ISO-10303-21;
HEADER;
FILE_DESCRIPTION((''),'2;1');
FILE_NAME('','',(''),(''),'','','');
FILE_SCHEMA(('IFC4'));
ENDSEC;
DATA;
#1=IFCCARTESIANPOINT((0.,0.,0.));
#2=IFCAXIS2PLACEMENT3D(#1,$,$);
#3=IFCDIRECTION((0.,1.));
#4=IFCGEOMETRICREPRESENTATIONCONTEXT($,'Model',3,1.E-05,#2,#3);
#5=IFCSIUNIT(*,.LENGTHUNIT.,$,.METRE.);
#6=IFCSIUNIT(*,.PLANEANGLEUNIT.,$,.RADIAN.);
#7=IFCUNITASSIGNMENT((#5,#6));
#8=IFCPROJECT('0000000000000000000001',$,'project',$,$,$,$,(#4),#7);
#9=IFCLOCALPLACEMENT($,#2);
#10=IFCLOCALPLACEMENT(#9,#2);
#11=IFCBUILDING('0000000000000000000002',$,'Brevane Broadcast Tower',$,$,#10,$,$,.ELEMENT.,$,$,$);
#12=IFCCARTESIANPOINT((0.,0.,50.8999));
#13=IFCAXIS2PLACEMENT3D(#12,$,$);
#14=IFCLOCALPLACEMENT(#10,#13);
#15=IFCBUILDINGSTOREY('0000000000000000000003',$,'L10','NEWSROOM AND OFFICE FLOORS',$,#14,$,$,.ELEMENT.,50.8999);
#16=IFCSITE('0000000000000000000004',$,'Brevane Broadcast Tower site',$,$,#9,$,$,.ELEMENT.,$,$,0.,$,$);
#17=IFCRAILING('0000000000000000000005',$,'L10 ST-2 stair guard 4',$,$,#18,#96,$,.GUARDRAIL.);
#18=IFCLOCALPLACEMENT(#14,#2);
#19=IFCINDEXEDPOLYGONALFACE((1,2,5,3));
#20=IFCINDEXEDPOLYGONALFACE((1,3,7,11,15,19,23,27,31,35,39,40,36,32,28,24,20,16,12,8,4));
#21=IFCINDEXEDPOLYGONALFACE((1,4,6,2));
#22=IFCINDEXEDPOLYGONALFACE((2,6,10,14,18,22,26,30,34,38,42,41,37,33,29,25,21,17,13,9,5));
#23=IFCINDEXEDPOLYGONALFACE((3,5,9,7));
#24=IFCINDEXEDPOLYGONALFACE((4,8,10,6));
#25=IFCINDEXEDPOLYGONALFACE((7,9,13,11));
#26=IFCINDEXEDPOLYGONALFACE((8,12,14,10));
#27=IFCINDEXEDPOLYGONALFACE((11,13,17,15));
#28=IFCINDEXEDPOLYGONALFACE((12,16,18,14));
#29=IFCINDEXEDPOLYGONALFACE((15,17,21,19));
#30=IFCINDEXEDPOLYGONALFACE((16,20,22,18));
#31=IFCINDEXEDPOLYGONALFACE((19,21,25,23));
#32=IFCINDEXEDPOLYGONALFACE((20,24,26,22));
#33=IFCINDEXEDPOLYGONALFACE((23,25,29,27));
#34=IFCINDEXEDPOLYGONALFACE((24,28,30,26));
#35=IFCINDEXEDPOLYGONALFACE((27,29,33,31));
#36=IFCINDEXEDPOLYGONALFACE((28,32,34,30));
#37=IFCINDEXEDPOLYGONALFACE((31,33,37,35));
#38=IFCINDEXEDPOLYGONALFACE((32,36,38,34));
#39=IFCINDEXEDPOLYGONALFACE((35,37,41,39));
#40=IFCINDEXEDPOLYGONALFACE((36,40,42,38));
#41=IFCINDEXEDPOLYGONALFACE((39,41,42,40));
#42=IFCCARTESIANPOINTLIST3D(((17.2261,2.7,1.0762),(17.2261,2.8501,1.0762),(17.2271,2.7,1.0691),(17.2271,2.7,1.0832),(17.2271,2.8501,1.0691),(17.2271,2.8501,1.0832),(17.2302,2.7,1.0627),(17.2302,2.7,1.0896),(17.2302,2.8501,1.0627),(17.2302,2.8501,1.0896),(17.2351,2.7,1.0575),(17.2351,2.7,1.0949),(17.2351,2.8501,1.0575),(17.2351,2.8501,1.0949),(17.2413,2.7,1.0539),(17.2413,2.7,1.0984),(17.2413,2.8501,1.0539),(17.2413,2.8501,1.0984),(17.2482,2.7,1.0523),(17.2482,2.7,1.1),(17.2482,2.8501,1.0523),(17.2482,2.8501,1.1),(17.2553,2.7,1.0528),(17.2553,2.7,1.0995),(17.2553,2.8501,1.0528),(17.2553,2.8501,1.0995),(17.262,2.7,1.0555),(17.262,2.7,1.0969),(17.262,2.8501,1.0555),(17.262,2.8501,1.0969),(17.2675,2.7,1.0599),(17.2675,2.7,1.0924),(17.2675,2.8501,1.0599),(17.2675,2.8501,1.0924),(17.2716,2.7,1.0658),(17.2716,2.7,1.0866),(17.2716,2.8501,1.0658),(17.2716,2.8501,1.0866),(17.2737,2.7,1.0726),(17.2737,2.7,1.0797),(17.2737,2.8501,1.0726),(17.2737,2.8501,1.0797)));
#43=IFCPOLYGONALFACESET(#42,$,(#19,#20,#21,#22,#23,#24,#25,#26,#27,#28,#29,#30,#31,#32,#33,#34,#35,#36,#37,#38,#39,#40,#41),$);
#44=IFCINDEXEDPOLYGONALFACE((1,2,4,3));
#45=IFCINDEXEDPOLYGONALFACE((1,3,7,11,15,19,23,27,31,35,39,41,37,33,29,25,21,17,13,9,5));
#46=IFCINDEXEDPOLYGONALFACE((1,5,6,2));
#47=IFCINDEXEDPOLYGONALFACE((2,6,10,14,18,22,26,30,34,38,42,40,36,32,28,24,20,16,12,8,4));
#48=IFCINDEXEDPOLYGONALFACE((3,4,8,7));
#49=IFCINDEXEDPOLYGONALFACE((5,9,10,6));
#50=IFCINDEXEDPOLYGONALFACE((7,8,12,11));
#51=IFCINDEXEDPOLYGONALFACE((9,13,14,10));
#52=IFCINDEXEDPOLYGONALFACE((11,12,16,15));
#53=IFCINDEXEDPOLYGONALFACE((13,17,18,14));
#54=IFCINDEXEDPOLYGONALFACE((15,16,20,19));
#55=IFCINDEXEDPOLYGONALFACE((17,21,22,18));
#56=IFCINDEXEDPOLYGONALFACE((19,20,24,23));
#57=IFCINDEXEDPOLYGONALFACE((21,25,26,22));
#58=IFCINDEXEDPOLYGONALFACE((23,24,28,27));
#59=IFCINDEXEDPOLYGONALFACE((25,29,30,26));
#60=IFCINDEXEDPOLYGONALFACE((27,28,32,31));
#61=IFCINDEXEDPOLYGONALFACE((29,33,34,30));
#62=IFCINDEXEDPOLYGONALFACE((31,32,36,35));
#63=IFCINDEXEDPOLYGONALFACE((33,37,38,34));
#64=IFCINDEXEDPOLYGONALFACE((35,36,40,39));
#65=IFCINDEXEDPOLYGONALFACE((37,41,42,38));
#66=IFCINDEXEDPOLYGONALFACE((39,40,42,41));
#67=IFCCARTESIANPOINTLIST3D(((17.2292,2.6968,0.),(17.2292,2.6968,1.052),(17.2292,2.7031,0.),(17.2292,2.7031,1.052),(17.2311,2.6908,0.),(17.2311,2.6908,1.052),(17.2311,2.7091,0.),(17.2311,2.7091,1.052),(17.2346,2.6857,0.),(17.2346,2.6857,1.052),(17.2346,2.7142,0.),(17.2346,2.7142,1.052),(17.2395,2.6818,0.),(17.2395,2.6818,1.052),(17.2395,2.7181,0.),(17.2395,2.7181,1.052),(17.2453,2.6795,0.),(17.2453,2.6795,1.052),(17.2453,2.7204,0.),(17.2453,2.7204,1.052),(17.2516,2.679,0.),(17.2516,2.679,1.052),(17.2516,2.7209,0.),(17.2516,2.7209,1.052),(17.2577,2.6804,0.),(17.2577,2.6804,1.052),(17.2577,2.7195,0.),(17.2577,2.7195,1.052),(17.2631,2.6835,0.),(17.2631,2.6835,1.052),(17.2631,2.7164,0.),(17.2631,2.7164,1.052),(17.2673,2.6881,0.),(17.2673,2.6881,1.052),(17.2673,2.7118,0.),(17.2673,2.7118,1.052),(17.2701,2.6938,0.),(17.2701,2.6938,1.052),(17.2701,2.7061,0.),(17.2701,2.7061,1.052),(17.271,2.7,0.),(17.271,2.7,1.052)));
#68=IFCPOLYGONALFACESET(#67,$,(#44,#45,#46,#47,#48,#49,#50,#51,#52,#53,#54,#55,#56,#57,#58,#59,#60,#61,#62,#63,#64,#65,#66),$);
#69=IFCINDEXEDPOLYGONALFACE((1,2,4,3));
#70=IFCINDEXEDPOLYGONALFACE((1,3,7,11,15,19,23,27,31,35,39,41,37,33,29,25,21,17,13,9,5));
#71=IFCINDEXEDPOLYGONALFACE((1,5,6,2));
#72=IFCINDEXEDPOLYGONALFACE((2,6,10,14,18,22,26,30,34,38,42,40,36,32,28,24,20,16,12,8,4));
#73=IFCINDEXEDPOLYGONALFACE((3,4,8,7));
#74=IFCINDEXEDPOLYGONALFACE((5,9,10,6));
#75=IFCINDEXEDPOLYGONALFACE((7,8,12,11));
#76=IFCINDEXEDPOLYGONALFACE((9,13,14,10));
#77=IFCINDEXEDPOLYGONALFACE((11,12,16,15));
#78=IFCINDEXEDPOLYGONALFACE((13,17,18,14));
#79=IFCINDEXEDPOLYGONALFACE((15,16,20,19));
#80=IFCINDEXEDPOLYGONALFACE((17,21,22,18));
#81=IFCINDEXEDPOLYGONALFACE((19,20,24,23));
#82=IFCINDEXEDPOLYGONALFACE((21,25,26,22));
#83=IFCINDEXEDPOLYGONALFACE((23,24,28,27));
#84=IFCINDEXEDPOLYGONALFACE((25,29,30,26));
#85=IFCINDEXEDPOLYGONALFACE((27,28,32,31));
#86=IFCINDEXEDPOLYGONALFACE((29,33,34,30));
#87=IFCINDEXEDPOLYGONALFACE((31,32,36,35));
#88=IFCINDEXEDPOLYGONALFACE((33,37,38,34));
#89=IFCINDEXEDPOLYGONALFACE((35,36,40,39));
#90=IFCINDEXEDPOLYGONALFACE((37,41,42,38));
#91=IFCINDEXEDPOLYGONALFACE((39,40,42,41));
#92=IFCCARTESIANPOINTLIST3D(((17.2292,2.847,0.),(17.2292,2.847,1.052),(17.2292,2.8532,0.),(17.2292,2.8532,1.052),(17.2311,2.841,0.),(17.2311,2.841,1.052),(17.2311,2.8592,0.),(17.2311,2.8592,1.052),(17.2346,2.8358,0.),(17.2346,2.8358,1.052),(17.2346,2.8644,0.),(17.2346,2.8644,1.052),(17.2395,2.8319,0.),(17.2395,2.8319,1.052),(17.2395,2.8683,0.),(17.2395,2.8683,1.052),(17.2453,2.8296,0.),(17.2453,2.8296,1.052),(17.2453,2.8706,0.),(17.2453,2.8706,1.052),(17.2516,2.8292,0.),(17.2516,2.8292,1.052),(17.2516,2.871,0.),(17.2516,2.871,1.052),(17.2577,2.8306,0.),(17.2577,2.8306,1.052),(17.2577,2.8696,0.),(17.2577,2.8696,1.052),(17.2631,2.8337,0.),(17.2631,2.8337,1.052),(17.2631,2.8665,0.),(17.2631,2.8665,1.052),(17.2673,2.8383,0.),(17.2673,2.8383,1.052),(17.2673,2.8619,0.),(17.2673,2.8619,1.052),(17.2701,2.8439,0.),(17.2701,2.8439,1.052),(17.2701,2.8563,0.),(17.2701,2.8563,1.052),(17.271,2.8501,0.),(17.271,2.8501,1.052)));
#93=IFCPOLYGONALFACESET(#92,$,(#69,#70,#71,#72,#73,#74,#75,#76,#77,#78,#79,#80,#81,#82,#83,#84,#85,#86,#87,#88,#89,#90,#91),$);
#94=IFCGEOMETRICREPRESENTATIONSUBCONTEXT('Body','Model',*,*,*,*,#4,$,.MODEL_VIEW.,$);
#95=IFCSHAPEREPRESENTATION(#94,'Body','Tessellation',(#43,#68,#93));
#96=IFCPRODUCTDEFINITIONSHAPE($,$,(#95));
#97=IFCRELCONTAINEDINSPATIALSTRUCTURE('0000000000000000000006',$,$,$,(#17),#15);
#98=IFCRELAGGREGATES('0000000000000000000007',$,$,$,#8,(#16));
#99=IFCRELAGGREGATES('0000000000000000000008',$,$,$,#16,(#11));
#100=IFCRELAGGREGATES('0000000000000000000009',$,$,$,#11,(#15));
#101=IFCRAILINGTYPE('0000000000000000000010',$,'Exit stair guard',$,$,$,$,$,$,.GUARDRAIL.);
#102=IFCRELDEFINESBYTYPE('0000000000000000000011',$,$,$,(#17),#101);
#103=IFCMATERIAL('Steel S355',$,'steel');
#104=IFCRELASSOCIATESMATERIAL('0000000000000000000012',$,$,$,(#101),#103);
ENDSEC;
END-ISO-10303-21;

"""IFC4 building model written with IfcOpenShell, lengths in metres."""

from ifc_helpers import new_model, si_unit, direction, frame, origin, origin_2d, place, context, subcontext, project, spatial, circle, extrude, material, type_object, element, save


model = new_model("IFC4")

# Units and contexts
model_context = context("Model", 3, precision=1e-05, world=origin(), true_north=direction((0.0, 1.0)))
body_context = subcontext(model_context, "Body", "Model", "MODEL_VIEW")
ifc_project = project(units=[si_unit("LENGTHUNIT", "METRE"), si_unit("PLANEANGLEUNIT", "RADIAN")], contexts=[model_context])

# Site, building, storey
site_placement = place(None, origin())
site = spatial("IfcSite", under=ifc_project, at=site_placement, Name="Brevane Broadcast Tower site", CompositionType="ELEMENT", RefElevation=0.0)
building_placement = place(site_placement, origin())
building = spatial("IfcBuilding", under=site, at=building_placement, Name="Brevane Broadcast Tower", CompositionType="ELEMENT")
storey_placement = place(building_placement, frame((0.0, 0.0, 50.8999)))
storey = spatial("IfcBuildingStorey", under=building, at=storey_placement, Name="L10", Description="NEWSROOM AND OFFICE FLOORS", CompositionType="ELEMENT", Elevation=50.8999)

# Railing
ifc_material_1 = material(Name="Steel S355", Category="steel")
railing_type_1 = type_object("IfcRailingType", Name="Exit stair guard", PredefinedType="GUARDRAIL", material=ifc_material_1)
railing_1_placement = place(storey_placement, frame((17.25, 2.7, 0.0)))
element("IfcRailing", 1, at=railing_1_placement, inside=storey, type_object=railing_type_1, Name="L10 ST-2 stair guard 4", PredefinedType="GUARDRAIL", context=body_context, shape_type="SweptSolid", body=[
    extrude(circle(Radius=0.0239, at=origin_2d()), frame((0.0, 0.0, 1.0762), z_axis=(0.0, 1.0, 0.0), x_axis=(-1.0, 0.0, 0.0)), (0.0, 0.0, 1.0), 0.1501),
    extrude(circle(Radius=0.021, at=origin_2d()), origin(), (0.0, 0.0, 1.0), 1.052),
    extrude(circle(Radius=0.021, at=origin_2d()), frame((0.0, 0.1501, 0.0)), (0.0, 0.0, 1.0), 1.052),
])

save(model, "model.ifc")
